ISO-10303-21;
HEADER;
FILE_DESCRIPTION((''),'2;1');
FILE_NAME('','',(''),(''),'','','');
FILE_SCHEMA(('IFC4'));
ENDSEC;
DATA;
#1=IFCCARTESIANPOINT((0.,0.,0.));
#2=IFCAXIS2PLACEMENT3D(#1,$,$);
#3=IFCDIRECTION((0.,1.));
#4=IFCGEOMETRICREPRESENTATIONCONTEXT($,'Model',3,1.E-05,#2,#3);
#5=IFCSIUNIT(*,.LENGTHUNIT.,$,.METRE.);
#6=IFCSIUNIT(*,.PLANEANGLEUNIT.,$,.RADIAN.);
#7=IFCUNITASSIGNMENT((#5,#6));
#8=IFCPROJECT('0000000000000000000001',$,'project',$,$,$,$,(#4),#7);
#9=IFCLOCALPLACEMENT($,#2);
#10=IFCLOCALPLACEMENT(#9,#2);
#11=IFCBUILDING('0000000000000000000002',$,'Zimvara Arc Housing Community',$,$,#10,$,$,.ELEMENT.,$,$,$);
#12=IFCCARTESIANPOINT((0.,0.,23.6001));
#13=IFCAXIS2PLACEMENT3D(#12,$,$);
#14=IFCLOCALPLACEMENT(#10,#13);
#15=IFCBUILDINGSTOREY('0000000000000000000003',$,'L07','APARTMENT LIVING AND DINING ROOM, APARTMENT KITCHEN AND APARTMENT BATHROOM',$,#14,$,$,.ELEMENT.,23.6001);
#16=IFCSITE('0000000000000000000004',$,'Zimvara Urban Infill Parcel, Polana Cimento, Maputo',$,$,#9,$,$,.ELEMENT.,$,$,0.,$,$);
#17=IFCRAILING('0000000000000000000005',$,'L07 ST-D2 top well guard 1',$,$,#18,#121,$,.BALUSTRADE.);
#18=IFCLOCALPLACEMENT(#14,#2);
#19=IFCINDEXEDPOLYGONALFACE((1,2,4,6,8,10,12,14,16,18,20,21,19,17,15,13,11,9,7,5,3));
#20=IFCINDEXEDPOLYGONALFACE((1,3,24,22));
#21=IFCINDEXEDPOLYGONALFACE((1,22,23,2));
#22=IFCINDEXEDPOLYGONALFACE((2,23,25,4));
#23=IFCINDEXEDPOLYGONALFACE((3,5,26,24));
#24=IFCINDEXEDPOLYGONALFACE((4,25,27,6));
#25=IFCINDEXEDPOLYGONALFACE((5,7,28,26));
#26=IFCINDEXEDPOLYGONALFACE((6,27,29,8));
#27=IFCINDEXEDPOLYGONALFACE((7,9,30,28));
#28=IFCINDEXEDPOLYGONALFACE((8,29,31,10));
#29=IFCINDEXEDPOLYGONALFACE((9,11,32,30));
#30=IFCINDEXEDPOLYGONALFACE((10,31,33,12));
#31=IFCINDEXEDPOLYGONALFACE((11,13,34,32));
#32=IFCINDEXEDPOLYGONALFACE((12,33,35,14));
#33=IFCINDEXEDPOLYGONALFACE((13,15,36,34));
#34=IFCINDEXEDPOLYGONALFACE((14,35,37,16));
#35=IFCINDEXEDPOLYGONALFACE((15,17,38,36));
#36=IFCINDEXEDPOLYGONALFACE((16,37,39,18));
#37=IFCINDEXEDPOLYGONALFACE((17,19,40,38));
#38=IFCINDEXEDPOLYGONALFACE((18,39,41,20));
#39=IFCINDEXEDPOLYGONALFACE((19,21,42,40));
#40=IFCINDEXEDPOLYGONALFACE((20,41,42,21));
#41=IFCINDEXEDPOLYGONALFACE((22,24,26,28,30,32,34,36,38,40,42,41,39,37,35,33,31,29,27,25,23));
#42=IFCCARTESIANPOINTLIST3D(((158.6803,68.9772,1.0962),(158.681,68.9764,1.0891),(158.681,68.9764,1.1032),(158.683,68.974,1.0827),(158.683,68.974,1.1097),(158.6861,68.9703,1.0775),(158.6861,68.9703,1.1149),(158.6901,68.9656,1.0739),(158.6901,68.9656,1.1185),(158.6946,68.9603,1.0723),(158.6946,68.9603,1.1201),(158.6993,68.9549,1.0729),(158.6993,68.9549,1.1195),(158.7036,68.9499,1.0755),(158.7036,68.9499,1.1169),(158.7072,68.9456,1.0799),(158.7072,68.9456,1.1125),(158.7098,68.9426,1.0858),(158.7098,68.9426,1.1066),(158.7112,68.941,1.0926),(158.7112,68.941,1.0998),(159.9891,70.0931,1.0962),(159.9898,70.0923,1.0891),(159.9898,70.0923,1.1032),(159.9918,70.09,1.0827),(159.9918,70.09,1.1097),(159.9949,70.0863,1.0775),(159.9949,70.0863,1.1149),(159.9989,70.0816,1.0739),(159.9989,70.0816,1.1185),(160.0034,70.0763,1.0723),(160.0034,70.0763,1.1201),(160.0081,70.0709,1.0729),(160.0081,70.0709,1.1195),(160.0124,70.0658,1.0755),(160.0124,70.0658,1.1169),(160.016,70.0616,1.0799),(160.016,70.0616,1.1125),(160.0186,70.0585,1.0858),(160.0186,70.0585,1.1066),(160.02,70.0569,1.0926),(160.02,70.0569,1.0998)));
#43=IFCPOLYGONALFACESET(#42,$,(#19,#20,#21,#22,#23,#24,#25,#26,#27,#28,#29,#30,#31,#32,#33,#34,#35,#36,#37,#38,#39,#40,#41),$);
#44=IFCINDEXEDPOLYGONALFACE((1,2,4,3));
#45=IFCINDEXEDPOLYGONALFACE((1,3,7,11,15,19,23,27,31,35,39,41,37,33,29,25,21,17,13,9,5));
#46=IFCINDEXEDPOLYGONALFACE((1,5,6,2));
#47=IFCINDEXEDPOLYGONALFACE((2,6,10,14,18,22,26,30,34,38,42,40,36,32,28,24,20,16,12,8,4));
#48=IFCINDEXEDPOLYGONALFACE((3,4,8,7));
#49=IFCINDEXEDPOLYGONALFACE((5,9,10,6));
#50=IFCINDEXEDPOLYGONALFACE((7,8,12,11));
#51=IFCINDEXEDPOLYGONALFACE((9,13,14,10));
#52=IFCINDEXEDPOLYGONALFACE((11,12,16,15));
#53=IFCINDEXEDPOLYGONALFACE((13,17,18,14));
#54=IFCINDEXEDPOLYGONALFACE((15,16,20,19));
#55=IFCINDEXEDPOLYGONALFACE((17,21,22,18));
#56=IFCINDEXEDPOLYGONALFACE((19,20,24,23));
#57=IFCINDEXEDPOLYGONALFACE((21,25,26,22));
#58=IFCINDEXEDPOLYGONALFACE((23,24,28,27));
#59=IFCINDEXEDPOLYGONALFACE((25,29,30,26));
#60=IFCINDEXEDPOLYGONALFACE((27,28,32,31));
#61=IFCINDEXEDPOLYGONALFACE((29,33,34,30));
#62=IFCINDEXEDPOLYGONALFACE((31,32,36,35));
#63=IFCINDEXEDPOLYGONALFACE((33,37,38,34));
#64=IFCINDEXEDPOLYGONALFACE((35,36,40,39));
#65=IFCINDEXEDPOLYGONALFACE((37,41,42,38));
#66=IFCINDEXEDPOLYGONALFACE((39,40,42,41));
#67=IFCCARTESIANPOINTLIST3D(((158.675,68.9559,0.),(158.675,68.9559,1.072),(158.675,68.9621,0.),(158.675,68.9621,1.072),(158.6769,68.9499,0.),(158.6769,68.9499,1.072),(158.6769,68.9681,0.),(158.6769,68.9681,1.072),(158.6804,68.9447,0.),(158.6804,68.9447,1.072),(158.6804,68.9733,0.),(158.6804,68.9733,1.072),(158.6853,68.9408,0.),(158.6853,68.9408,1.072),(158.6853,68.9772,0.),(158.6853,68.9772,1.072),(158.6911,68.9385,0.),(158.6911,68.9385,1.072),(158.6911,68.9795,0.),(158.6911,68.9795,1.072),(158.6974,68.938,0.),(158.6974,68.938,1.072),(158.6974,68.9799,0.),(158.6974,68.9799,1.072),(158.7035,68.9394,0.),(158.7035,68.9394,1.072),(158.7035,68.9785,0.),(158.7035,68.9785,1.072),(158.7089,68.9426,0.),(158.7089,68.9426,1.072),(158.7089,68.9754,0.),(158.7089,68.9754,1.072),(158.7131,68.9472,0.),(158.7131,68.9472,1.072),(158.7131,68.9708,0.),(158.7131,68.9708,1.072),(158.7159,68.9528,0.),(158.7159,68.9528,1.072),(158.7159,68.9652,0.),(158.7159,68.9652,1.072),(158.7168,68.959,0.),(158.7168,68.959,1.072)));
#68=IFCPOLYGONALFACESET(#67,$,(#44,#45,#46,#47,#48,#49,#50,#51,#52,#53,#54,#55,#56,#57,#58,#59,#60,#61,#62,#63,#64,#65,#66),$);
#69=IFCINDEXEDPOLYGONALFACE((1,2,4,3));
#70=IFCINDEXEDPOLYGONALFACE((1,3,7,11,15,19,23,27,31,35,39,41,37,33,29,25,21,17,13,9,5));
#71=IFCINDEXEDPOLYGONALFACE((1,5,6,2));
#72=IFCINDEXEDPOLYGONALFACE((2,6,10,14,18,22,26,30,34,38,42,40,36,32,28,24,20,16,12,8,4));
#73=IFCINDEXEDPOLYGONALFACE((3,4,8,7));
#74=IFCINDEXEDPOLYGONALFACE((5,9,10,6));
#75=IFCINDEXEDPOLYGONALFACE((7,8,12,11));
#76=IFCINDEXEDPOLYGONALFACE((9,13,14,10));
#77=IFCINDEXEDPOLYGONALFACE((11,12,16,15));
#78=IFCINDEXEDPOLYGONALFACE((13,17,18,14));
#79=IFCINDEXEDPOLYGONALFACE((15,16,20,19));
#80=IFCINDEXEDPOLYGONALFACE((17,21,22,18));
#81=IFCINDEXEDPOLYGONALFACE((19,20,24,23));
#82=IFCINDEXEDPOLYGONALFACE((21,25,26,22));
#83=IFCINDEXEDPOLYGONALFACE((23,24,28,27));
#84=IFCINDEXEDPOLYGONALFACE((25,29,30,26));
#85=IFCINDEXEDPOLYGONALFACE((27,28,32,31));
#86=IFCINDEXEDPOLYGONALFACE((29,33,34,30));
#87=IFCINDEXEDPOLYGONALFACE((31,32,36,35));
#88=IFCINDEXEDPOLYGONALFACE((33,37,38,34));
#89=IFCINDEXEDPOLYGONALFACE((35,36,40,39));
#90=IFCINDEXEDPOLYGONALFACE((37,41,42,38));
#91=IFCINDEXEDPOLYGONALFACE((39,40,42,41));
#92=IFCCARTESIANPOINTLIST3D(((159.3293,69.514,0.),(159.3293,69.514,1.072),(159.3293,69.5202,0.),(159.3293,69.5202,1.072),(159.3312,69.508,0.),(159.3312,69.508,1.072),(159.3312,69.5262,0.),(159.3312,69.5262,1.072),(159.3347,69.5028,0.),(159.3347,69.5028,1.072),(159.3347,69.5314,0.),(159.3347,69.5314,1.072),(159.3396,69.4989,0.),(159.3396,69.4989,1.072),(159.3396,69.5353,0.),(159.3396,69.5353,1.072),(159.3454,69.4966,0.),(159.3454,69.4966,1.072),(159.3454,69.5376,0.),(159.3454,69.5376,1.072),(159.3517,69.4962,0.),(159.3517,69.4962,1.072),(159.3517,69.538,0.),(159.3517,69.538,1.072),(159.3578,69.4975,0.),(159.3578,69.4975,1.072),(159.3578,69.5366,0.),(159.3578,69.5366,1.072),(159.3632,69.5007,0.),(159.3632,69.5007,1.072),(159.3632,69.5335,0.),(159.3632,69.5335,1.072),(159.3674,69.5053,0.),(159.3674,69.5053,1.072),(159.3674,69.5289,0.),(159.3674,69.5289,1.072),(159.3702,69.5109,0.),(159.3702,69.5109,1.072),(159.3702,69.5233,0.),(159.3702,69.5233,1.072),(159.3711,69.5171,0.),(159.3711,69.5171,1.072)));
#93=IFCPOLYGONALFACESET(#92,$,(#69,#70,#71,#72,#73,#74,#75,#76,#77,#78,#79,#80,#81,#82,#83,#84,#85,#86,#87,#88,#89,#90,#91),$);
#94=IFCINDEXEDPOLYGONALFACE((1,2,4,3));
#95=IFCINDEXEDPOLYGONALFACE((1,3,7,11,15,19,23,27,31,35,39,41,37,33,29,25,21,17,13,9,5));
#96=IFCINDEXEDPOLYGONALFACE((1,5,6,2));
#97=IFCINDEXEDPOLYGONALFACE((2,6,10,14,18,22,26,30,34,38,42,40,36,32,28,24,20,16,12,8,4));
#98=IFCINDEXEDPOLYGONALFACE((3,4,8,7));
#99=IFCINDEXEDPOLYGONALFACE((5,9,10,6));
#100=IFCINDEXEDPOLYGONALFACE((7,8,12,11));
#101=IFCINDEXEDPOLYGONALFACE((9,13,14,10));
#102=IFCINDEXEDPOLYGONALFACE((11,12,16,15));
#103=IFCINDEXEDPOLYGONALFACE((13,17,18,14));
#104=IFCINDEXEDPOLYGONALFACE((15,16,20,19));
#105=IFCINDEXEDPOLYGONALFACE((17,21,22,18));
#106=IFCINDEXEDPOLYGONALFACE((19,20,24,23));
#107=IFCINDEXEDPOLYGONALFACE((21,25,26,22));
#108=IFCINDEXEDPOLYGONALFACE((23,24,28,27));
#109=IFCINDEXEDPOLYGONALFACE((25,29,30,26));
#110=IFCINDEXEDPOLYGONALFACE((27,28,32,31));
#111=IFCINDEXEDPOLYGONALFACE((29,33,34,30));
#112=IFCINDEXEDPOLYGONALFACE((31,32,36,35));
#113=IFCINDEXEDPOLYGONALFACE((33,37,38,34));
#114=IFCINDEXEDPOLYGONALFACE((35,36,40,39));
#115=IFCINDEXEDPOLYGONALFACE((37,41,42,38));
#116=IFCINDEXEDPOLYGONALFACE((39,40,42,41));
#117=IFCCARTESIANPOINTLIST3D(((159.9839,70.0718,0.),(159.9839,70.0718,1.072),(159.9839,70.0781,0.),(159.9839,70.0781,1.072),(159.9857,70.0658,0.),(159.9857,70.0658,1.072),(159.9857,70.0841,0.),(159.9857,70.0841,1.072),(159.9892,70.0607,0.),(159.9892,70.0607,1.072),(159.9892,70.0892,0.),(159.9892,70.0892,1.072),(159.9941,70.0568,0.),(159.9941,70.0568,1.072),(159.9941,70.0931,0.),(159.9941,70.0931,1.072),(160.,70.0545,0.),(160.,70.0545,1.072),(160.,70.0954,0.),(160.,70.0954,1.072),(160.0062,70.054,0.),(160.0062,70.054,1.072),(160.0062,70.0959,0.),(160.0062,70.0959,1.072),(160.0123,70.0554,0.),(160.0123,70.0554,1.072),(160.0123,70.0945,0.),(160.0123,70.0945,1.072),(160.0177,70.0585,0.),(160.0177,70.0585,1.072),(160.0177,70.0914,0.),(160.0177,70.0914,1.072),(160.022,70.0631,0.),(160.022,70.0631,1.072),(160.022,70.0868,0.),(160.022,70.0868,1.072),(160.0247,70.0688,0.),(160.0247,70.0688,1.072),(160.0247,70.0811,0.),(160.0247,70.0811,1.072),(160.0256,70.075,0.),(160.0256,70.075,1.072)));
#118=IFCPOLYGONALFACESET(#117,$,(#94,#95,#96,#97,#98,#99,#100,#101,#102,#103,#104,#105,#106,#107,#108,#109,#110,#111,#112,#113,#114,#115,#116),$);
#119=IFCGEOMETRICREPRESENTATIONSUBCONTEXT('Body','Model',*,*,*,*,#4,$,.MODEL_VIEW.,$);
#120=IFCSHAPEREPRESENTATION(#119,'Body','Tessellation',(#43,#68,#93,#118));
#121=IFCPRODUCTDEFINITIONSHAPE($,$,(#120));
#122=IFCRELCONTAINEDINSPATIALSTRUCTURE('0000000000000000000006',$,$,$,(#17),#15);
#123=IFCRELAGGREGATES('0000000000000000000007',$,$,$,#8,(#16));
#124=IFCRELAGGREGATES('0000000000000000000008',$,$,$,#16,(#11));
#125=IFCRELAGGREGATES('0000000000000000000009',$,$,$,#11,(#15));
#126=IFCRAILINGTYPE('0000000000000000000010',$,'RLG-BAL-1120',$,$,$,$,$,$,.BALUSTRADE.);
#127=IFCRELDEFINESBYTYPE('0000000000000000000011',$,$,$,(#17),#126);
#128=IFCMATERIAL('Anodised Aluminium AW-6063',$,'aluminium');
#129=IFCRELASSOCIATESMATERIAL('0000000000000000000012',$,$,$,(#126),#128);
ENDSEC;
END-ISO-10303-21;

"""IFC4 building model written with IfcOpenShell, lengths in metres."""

from ifc_helpers import new_model, si_unit, direction, frame, origin, origin_2d, place, context, subcontext, project, spatial, circle, extrude, material, type_object, element, save


model = new_model("IFC4")

# Units and contexts
model_context = context("Model", 3, precision=1e-05, world=origin(), true_north=direction((0.0, 1.0)))
body_context = subcontext(model_context, "Body", "Model", "MODEL_VIEW")
ifc_project = project(units=[si_unit("LENGTHUNIT", "METRE"), si_unit("PLANEANGLEUNIT", "RADIAN")], contexts=[model_context])

# Site, building, storey
site_placement = place(None, origin())
site = spatial("IfcSite", under=ifc_project, at=site_placement, Name="Zimvara Urban Infill Parcel, Polana Cimento, Maputo", CompositionType="ELEMENT", RefElevation=0.0)
building_placement = place(site_placement, origin())
building = spatial("IfcBuilding", under=site, at=building_placement, Name="Zimvara Arc Housing Community", CompositionType="ELEMENT")
storey_placement = place(building_placement, frame((0.0, 0.0, 23.6001)))
storey = spatial("IfcBuildingStorey", under=building, at=storey_placement, Name="L07", Description="APARTMENT LIVING AND DINING ROOM, APARTMENT KITCHEN AND APARTMENT BATHROOM", CompositionType="ELEMENT", Elevation=23.6001)

# Railing
ifc_material_1 = material(Name="Anodised Aluminium AW-6063", Category="aluminium")
railing_type = type_object("IfcRailingType", Name="RLG-BAL-1120", PredefinedType="BALUSTRADE", material=ifc_material_1)
railing_placement = place(storey_placement, frame((158.6958, 68.959, 0.0)))
element("IfcRailing", 1, at=railing_placement, inside=storey, type_object=railing_type, Name="L07 ST-D2 top well guard 1", PredefinedType="BALUSTRADE", context=body_context, shape_type="SweptSolid", body=[
    extrude(circle(Radius=0.0239, at=origin_2d()), frame((0.0, 0.0, 1.0962), z_axis=(0.760947, 0.648814, 0.0), x_axis=(-0.648814, 0.760947, 0.0)), (0.0, 0.0, 1.0), 1.72),
    extrude(circle(Radius=0.021, at=origin_2d()), origin(), (0.0, 0.0, 1.0), 1.072),
    extrude(circle(Radius=0.021, at=origin_2d()), frame((0.6543, 0.5581, 0.0)), (0.0, 0.0, 1.0), 1.072),
    extrude(circle(Radius=0.021, at=origin_2d()), frame((1.3088, 1.116, 0.0)), (0.0, 0.0, 1.0), 1.072),
])

save(model, "model.ifc")
